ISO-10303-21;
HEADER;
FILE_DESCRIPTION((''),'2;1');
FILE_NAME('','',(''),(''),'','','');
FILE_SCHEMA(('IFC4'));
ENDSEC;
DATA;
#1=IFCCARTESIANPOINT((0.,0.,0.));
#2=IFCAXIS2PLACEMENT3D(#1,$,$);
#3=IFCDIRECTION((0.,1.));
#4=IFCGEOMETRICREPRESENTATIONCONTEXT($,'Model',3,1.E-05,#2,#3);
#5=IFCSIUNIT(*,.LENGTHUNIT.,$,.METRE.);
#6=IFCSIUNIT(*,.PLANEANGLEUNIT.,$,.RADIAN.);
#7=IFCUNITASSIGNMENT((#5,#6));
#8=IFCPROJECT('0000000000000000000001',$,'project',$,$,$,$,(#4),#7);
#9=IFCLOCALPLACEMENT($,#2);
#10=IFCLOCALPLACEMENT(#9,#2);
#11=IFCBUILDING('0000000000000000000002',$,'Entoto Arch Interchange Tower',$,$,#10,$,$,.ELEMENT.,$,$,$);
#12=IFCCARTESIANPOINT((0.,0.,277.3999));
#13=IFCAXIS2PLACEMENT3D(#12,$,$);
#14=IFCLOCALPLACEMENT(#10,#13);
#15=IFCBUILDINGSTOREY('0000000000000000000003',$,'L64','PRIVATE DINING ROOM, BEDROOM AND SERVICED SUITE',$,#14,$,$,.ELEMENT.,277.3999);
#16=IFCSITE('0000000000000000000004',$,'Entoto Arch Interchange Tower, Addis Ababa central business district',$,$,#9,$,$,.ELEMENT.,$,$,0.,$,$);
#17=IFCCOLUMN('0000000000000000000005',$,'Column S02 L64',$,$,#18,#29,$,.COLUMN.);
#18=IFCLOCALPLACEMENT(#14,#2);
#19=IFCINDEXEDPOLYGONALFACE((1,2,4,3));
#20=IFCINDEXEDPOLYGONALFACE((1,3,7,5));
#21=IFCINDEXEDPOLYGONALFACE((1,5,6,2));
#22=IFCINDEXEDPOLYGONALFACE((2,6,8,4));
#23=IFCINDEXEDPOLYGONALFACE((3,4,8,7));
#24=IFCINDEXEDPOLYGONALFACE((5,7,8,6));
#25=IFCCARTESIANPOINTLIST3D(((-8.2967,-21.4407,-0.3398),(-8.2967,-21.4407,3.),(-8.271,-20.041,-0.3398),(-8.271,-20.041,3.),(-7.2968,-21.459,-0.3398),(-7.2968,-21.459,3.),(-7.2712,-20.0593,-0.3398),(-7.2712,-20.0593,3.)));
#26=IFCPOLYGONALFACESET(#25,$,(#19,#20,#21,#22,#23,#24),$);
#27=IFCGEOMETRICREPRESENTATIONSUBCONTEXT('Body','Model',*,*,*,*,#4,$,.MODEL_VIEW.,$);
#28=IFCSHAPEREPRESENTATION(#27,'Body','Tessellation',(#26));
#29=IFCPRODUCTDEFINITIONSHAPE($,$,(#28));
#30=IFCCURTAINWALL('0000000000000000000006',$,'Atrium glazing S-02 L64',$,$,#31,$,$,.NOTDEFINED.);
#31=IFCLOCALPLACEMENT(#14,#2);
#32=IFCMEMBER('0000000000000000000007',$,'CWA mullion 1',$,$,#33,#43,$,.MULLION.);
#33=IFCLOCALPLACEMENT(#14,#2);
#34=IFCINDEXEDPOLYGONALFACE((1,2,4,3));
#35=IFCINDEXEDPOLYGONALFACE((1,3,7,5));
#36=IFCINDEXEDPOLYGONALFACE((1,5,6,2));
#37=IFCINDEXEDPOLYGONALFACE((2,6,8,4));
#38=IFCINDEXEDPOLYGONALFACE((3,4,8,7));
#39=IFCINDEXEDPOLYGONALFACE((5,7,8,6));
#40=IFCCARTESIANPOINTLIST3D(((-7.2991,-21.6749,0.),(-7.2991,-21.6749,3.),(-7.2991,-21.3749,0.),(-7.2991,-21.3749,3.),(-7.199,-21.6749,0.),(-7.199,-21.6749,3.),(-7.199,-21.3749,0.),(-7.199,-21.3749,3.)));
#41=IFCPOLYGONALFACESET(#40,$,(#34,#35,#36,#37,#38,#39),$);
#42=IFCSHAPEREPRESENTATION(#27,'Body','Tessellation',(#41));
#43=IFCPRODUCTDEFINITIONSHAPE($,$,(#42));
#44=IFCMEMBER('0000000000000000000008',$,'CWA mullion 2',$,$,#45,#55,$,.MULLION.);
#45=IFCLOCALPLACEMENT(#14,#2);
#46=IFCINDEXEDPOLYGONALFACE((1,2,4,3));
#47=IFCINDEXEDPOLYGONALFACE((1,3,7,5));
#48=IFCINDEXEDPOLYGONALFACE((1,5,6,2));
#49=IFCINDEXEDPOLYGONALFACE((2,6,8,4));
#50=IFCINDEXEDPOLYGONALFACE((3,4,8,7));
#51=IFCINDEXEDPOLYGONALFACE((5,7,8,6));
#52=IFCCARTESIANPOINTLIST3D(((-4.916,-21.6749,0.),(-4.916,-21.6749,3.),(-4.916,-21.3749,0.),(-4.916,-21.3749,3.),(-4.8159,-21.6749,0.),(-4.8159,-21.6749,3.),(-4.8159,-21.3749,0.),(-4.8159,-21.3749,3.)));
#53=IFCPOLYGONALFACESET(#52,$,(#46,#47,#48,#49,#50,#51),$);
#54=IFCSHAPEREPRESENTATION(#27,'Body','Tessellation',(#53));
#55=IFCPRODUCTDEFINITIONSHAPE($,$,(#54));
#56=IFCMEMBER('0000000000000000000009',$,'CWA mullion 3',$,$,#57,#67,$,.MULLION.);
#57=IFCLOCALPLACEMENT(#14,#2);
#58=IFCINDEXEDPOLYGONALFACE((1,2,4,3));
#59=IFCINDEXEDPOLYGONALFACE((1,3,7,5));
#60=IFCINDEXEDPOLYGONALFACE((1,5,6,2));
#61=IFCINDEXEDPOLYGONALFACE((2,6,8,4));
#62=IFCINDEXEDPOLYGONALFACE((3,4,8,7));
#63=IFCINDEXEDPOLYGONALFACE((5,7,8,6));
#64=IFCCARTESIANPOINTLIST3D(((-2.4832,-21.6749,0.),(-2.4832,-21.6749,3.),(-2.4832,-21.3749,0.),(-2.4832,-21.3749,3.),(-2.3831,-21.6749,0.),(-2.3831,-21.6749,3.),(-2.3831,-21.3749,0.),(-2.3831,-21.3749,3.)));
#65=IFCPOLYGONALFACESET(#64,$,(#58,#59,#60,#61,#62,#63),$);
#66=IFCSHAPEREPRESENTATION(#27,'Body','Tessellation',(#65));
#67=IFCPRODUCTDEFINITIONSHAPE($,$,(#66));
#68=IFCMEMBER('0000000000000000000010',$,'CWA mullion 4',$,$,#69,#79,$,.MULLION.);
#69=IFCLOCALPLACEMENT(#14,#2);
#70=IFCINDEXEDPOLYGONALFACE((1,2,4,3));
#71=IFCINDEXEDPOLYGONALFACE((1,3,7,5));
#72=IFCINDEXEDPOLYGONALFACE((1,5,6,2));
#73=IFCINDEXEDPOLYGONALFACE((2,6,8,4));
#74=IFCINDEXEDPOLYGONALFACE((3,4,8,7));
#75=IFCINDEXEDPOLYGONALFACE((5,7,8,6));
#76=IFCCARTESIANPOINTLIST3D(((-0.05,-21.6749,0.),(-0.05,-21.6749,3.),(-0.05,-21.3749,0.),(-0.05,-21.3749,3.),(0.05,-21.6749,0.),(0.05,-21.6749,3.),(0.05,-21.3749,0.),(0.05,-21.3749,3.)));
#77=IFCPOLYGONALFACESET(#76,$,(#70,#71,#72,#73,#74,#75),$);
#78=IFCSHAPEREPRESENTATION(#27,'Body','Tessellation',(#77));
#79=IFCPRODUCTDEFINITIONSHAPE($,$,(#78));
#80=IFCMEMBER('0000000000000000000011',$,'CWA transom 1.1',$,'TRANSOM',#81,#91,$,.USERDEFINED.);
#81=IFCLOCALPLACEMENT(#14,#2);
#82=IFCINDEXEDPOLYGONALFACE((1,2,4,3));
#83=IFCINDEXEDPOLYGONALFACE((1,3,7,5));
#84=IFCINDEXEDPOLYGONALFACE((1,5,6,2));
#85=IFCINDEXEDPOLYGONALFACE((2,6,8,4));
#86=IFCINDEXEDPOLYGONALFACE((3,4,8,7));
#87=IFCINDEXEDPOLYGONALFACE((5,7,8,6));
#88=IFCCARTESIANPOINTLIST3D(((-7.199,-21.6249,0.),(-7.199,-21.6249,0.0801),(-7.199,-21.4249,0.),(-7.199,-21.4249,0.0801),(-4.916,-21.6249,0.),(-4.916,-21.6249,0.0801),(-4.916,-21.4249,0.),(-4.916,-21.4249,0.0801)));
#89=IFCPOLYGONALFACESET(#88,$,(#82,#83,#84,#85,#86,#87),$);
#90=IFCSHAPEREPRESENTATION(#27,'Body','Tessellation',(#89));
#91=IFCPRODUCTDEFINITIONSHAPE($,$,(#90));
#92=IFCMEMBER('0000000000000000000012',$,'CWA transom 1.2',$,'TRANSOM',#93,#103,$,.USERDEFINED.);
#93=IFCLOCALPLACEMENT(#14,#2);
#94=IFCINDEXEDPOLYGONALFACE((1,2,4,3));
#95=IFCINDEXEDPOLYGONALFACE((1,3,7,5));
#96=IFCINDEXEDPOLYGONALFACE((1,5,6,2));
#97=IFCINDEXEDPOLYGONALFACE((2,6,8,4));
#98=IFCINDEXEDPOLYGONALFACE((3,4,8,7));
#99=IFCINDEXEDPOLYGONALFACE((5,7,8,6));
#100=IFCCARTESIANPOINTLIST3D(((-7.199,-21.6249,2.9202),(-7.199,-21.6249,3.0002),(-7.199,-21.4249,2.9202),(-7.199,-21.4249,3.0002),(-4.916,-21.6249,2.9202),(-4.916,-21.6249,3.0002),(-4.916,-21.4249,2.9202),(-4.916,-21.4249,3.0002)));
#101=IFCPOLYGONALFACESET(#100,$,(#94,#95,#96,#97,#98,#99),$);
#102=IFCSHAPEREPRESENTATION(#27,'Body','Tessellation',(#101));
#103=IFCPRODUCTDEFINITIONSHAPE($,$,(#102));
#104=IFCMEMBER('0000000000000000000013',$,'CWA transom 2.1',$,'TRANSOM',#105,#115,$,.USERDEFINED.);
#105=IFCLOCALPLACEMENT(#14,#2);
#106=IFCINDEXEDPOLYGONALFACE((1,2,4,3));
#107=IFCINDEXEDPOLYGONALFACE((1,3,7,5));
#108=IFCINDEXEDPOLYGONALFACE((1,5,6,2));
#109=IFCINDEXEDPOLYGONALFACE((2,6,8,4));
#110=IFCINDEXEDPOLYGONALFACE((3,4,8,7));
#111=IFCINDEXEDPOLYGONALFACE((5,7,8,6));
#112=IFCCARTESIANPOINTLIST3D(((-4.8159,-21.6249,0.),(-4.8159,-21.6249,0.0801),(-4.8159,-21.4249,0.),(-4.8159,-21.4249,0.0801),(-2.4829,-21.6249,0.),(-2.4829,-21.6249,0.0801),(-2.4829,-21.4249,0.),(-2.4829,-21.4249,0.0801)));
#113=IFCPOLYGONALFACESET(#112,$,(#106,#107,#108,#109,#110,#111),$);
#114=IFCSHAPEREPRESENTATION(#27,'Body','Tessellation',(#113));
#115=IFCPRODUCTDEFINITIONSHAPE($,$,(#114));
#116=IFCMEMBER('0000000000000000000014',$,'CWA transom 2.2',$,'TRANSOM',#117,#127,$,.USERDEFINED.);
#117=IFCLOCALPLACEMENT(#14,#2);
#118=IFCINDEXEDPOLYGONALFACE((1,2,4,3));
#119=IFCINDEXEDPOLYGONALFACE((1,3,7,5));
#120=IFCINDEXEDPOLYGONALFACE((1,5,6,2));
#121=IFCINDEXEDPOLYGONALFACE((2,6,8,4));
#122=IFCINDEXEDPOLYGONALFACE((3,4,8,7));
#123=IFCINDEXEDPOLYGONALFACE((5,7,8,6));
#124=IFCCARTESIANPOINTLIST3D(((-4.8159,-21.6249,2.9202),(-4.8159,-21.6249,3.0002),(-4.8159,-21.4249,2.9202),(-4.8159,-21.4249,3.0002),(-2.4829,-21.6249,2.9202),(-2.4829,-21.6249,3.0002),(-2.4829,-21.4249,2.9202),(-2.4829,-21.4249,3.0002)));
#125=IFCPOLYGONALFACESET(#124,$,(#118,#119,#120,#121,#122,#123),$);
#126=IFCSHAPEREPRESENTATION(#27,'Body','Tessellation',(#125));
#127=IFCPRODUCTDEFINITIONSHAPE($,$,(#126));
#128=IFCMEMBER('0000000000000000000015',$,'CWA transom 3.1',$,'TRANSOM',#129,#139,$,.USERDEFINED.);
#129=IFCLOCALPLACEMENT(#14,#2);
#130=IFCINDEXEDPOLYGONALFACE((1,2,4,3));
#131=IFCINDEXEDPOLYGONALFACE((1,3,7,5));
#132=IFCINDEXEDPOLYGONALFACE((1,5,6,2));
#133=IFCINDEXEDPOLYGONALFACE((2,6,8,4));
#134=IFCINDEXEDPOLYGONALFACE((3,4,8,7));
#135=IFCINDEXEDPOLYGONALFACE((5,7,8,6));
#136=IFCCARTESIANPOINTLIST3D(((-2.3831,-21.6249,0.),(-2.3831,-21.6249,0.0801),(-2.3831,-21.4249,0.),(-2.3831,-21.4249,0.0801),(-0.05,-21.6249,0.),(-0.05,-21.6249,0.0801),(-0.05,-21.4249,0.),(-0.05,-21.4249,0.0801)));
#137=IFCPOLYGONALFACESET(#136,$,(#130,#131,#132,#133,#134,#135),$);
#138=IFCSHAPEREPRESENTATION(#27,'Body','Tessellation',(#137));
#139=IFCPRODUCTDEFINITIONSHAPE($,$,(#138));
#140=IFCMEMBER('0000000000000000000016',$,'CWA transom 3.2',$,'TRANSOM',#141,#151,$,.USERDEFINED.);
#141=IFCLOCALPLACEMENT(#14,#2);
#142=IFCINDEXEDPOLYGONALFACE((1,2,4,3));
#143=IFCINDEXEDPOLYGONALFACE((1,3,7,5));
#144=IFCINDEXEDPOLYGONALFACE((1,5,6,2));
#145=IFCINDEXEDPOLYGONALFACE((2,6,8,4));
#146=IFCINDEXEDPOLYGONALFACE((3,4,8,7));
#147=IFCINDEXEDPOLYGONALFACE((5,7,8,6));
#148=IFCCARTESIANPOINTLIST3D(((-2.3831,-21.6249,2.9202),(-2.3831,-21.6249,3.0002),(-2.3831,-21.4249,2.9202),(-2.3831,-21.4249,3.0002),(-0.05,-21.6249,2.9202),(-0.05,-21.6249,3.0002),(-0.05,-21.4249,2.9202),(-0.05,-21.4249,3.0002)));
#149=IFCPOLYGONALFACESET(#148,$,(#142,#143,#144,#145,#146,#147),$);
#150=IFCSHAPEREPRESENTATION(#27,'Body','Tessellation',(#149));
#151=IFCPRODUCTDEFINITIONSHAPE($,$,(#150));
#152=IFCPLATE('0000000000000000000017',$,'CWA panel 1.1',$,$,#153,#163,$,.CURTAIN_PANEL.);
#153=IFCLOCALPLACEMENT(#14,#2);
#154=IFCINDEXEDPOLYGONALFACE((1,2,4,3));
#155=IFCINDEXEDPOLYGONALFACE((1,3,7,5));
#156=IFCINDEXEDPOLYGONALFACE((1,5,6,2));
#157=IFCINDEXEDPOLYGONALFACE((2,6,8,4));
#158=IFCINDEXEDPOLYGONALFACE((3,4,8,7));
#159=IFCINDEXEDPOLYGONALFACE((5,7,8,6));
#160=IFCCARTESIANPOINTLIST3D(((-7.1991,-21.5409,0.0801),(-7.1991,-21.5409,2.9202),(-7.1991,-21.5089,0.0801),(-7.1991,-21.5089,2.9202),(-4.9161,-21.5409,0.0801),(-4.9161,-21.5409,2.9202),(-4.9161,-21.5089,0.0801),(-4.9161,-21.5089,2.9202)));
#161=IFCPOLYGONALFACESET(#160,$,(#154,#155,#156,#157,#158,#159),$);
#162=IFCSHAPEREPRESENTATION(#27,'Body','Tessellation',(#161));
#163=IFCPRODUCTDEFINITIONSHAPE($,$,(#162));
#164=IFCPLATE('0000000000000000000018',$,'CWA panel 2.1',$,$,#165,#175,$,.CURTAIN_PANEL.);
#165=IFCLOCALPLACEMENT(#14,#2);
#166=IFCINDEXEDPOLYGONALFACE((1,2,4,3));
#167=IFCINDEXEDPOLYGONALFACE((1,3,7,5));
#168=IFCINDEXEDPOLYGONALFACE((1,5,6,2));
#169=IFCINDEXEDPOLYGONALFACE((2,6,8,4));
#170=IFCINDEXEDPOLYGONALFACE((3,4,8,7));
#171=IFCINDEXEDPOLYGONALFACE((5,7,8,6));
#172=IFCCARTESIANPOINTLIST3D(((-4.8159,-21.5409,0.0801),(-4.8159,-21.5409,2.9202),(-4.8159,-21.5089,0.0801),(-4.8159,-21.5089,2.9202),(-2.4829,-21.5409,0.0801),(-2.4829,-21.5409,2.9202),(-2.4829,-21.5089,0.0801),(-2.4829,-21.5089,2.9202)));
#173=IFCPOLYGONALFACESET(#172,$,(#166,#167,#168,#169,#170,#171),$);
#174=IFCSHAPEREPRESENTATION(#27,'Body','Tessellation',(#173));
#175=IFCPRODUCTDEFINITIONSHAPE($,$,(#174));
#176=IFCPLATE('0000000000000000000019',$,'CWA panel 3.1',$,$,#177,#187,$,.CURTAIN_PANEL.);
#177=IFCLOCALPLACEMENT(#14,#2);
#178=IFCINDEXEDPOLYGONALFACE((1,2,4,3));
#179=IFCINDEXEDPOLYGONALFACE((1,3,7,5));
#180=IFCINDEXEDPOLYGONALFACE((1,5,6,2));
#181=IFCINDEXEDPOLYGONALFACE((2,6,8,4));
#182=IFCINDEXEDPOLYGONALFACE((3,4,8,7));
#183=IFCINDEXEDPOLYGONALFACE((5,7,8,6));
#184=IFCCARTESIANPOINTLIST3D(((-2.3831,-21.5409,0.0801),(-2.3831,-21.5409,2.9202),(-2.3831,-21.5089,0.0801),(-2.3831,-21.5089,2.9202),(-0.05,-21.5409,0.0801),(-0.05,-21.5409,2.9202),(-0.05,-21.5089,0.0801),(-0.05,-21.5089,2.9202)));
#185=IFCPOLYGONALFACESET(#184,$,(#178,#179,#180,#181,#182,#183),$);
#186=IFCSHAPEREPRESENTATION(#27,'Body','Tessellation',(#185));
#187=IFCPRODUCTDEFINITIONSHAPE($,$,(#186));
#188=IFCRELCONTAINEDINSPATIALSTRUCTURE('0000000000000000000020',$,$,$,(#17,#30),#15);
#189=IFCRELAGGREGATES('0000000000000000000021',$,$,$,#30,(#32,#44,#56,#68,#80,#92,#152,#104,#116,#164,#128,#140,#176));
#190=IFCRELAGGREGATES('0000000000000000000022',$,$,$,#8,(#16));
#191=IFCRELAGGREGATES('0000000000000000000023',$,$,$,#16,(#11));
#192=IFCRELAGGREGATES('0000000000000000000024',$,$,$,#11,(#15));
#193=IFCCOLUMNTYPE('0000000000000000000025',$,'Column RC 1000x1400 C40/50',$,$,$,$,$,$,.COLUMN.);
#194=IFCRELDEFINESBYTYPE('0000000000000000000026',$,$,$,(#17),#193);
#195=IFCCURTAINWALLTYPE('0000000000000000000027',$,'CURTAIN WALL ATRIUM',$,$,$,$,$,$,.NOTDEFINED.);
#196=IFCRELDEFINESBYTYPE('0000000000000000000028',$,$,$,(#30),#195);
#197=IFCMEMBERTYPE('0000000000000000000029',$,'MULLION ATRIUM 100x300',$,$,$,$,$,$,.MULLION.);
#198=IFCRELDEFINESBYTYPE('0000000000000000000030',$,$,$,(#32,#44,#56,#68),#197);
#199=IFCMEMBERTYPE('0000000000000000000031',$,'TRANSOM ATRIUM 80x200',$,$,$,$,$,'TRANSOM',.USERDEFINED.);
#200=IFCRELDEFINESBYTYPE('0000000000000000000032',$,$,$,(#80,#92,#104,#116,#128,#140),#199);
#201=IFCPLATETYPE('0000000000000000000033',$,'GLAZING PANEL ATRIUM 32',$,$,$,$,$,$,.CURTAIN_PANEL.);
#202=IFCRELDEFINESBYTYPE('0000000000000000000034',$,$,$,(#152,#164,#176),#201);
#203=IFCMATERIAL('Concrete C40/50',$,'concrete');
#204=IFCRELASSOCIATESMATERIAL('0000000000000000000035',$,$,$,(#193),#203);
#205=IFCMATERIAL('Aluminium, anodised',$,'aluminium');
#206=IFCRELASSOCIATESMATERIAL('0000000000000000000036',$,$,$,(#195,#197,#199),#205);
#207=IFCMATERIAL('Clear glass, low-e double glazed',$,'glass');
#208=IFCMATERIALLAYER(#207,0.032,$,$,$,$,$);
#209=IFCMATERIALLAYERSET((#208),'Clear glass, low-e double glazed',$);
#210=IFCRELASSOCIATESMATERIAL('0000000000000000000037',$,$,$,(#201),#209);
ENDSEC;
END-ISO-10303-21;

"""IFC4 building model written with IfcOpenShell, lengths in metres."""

from ifc_helpers import new_model, si_unit, direction, frame, origin, origin_2d, place, context, subcontext, project, spatial, rectangle, extrude, material, layer, layer_set, material_profile, profile_set, type_object, element, aggregate, save


model = new_model("IFC4")

# Units and contexts
model_context = context("Model", 3, precision=1e-05, world=origin(), true_north=direction((0.0, 1.0)))
body_context = subcontext(model_context, "Body", "Model", "MODEL_VIEW")
ifc_project = project(units=[si_unit("LENGTHUNIT", "METRE"), si_unit("PLANEANGLEUNIT", "RADIAN")], contexts=[model_context])

# Site, building, storey
site_placement = place(None, origin())
site = spatial("IfcSite", under=ifc_project, at=site_placement, Name="Entoto Arch Interchange Tower, Addis Ababa central business district", CompositionType="ELEMENT", RefElevation=0.0)
building_placement = place(site_placement, origin())
building = spatial("IfcBuilding", under=site, at=building_placement, Name="Entoto Arch Interchange Tower", CompositionType="ELEMENT")
storey_placement = place(building_placement, frame((0.0, 0.0, 277.3999)))
storey = spatial("IfcBuildingStorey", under=building, at=storey_placement, Name="L64", Description="PRIVATE DINING ROOM, BEDROOM AND SERVICED SUITE", CompositionType="ELEMENT", Elevation=277.3999)

# Column
ifc_material_1 = material(Name="Concrete C40/50", Category="concrete")
ifc_material_profile_1 = material_profile(ifc_material_1, rectangle(XDim=1.0, YDim=1.3999, at=origin_2d()))
ifc_profile_set_1 = profile_set([ifc_material_profile_1], Name="Concrete C40/50")
column_type = type_object("IfcColumnType", Name="Column RC 1000x1400 C40/50", PredefinedType="COLUMN", material=ifc_profile_set_1)
column_placement = place(storey_placement, frame((-7.7839, -20.75, -0.3398), z_axis=(0.0, 0.0, 1.0), x_axis=(-0.999833, 0.01829, 0.0)))
element("IfcColumn", 1, at=column_placement, inside=storey, type_object=column_type, Name="Column S02 L64", PredefinedType="COLUMN", context=body_context, shape_type="SweptSolid", body=[
    extrude(rectangle(XDim=1.0, YDim=1.3999, at=origin_2d()), origin(), (0.0, 0.0, 1.0), 3.3398),
])

# Curtain wall, members, plates
ifc_material_2 = material(Name="Aluminium, anodised", Category="aluminium")
curtain_wall_type = type_object("IfcCurtainWallType", Name="CURTAIN WALL ATRIUM", PredefinedType="NOTDEFINED", material=ifc_material_2)
curtain_wall_placement = place(storey_placement, origin())
curtain_wall = element("IfcCurtainWall", 2, at=curtain_wall_placement, inside=storey, type_object=curtain_wall_type, Name="Atrium glazing S-02 L64", PredefinedType="NOTDEFINED")
ifc_material_profile_2 = material_profile(ifc_material_2, rectangle(XDim=0.3, YDim=0.1001, at=origin_2d()))
ifc_profile_set_2 = profile_set([ifc_material_profile_2], Name="Aluminium, anodised")
member_type_1 = type_object("IfcMemberType", Name="MULLION ATRIUM 100x300", PredefinedType="MULLION", material=ifc_profile_set_2)
member_1_placement = place(storey_placement, frame((-7.249, -21.5249, 0.0), z_axis=(0.0, 0.0, 1.0), x_axis=(0.0, 1.0, 0.0)))
member_1 = element("IfcMember", 3, at=member_1_placement, type_object=member_type_1, Name="CWA mullion 1", PredefinedType="MULLION", context=body_context, shape_type="SweptSolid", body=[
    extrude(rectangle(XDim=0.3, YDim=0.1001, at=origin_2d()), origin(), (0.0, 0.0, 1.0), 3.0),
])
member_2_placement = place(storey_placement, frame((-4.866, -21.5249, 0.0), z_axis=(0.0, 0.0, 1.0), x_axis=(0.0, 1.0, 0.0)))
member_2 = element("IfcMember", 4, at=member_2_placement, type_object=member_type_1, Name="CWA mullion 2", PredefinedType="MULLION", context=body_context, shape_type="SweptSolid", body=[
    extrude(rectangle(XDim=0.3, YDim=0.1001, at=origin_2d()), origin(), (0.0, 0.0, 1.0), 3.0),
])
member_3_placement = place(storey_placement, frame((-2.4331, -21.5249, 0.0), z_axis=(0.0, 0.0, 1.0), x_axis=(0.0, 1.0, 0.0)))
member_3 = element("IfcMember", 5, at=member_3_placement, type_object=member_type_1, Name="CWA mullion 3", PredefinedType="MULLION", context=body_context, shape_type="SweptSolid", body=[
    extrude(rectangle(XDim=0.3, YDim=0.1001, at=origin_2d()), origin(), (0.0, 0.0, 1.0), 3.0),
])
member_4_placement = place(storey_placement, frame((0.0, -21.5249, 0.0), z_axis=(0.0, 0.0, 1.0), x_axis=(0.0, 1.0, 0.0)))
member_4 = element("IfcMember", 6, at=member_4_placement, type_object=member_type_1, Name="CWA mullion 4", PredefinedType="MULLION", context=body_context, shape_type="SweptSolid", body=[
    extrude(rectangle(XDim=0.3, YDim=0.1001, at=origin_2d()), origin(), (0.0, 0.0, 1.0), 3.0),
])
ifc_material_profile_3 = material_profile(ifc_material_2, rectangle(XDim=0.2, YDim=0.0801, at=origin_2d()))
ifc_profile_set_3 = profile_set([ifc_material_profile_3], Name="Aluminium, anodised")
member_type_2 = type_object("IfcMemberType", Name="TRANSOM ATRIUM 80x200", ElementType="TRANSOM", PredefinedType="USERDEFINED", material=ifc_profile_set_3)
member_5_placement = place(storey_placement, frame((-7.199, -21.5249, 0.04), z_axis=(1.0, 0.0, 0.0), x_axis=(0.0, 1.0, 0.0)))
member_5 = element("IfcMember", 7, at=member_5_placement, type_object=member_type_2, Name="CWA transom 1.1", ObjectType="TRANSOM", PredefinedType="USERDEFINED", context=body_context, shape_type="SweptSolid", body=[
    extrude(rectangle(XDim=0.2, YDim=0.0801, at=origin_2d()), origin(), (0.0, 0.0, 1.0), 2.283),
])
member_6_placement = place(storey_placement, frame((-7.199, -21.5249, 2.9602), z_axis=(1.0, 0.0, 0.0), x_axis=(0.0, 1.0, 0.0)))
member_6 = element("IfcMember", 8, at=member_6_placement, type_object=member_type_2, Name="CWA transom 1.2", ObjectType="TRANSOM", PredefinedType="USERDEFINED", context=body_context, shape_type="SweptSolid", body=[
    extrude(rectangle(XDim=0.2, YDim=0.0801, at=origin_2d()), origin(), (0.0, 0.0, 1.0), 2.283),
])
member_7_placement = place(storey_placement, frame((-4.8159, -21.5249, 0.04), z_axis=(1.0, 0.0, 0.0), x_axis=(0.0, 1.0, 0.0)))
member_7 = element("IfcMember", 9, at=member_7_placement, type_object=member_type_2, Name="CWA transom 2.1", ObjectType="TRANSOM", PredefinedType="USERDEFINED", context=body_context, shape_type="SweptSolid", body=[
    extrude(rectangle(XDim=0.2, YDim=0.0801, at=origin_2d()), origin(), (0.0, 0.0, 1.0), 2.333),
])
member_8_placement = place(storey_placement, frame((-4.8159, -21.5249, 2.9602), z_axis=(1.0, 0.0, 0.0), x_axis=(0.0, 1.0, 0.0)))
member_8 = element("IfcMember", 10, at=member_8_placement, type_object=member_type_2, Name="CWA transom 2.2", ObjectType="TRANSOM", PredefinedType="USERDEFINED", context=body_context, shape_type="SweptSolid", body=[
    extrude(rectangle(XDim=0.2, YDim=0.0801, at=origin_2d()), origin(), (0.0, 0.0, 1.0), 2.333),
])
member_9_placement = place(storey_placement, frame((-2.3831, -21.5249, 0.04), z_axis=(1.0, 0.0, 0.0), x_axis=(0.0, 1.0, 0.0)))
member_9 = element("IfcMember", 11, at=member_9_placement, type_object=member_type_2, Name="CWA transom 3.1", ObjectType="TRANSOM", PredefinedType="USERDEFINED", context=body_context, shape_type="SweptSolid", body=[
    extrude(rectangle(XDim=0.2, YDim=0.0801, at=origin_2d()), origin(), (0.0, 0.0, 1.0), 2.333),
])
member_10_placement = place(storey_placement, frame((-2.3831, -21.5249, 2.9602), z_axis=(1.0, 0.0, 0.0), x_axis=(0.0, 1.0, 0.0)))
member_10 = element("IfcMember", 12, at=member_10_placement, type_object=member_type_2, Name="CWA transom 3.2", ObjectType="TRANSOM", PredefinedType="USERDEFINED", context=body_context, shape_type="SweptSolid", body=[
    extrude(rectangle(XDim=0.2, YDim=0.0801, at=origin_2d()), origin(), (0.0, 0.0, 1.0), 2.333),
])
ifc_material_3 = material(Name="Clear glass, low-e double glazed", Category="glass")
ifc_layer_1 = layer(ifc_material_3, 0.032)
ifc_layer_set_1 = layer_set([ifc_layer_1], Name="Clear glass, low-e double glazed")
plate_type = type_object("IfcPlateType", Name="GLAZING PANEL ATRIUM 32", PredefinedType="CURTAIN_PANEL", material=ifc_layer_set_1)
plate_1_placement = place(storey_placement, frame((-6.0576, -21.5249, 0.0801), z_axis=(0.0, 0.0, 1.0), x_axis=(1.0, 0.0, 0.0)))
plate_1 = element("IfcPlate", 13, at=plate_1_placement, type_object=plate_type, Name="CWA panel 1.1", PredefinedType="CURTAIN_PANEL", context=body_context, shape_type="SweptSolid", body=[
    extrude(rectangle(XDim=2.283, YDim=0.032, at=origin_2d()), origin(), (0.0, 0.0, 1.0), 2.8401),
])
plate_2_placement = place(storey_placement, frame((-3.6494, -21.5249, 0.0801), z_axis=(0.0, 0.0, 1.0), x_axis=(1.0, 0.0, 0.0)))
plate_2 = element("IfcPlate", 14, at=plate_2_placement, type_object=plate_type, Name="CWA panel 2.1", PredefinedType="CURTAIN_PANEL", context=body_context, shape_type="SweptSolid", body=[
    extrude(rectangle(XDim=2.333, YDim=0.032, at=origin_2d()), origin(), (0.0, 0.0, 1.0), 2.8401),
])
plate_3_placement = place(storey_placement, frame((-1.2166, -21.5249, 0.0801), z_axis=(0.0, 0.0, 1.0), x_axis=(1.0, 0.0, 0.0)))
plate_3 = element("IfcPlate", 15, at=plate_3_placement, type_object=plate_type, Name="CWA panel 3.1", PredefinedType="CURTAIN_PANEL", context=body_context, shape_type="SweptSolid", body=[
    extrude(rectangle(XDim=2.333, YDim=0.032, at=origin_2d()), origin(), (0.0, 0.0, 1.0), 2.8401),
])
aggregate(curtain_wall, [member_1, member_2, member_3, member_4, member_5, member_6, plate_1, member_7, member_8, plate_2, member_9, member_10, plate_3])

save(model, "model.ifc")
